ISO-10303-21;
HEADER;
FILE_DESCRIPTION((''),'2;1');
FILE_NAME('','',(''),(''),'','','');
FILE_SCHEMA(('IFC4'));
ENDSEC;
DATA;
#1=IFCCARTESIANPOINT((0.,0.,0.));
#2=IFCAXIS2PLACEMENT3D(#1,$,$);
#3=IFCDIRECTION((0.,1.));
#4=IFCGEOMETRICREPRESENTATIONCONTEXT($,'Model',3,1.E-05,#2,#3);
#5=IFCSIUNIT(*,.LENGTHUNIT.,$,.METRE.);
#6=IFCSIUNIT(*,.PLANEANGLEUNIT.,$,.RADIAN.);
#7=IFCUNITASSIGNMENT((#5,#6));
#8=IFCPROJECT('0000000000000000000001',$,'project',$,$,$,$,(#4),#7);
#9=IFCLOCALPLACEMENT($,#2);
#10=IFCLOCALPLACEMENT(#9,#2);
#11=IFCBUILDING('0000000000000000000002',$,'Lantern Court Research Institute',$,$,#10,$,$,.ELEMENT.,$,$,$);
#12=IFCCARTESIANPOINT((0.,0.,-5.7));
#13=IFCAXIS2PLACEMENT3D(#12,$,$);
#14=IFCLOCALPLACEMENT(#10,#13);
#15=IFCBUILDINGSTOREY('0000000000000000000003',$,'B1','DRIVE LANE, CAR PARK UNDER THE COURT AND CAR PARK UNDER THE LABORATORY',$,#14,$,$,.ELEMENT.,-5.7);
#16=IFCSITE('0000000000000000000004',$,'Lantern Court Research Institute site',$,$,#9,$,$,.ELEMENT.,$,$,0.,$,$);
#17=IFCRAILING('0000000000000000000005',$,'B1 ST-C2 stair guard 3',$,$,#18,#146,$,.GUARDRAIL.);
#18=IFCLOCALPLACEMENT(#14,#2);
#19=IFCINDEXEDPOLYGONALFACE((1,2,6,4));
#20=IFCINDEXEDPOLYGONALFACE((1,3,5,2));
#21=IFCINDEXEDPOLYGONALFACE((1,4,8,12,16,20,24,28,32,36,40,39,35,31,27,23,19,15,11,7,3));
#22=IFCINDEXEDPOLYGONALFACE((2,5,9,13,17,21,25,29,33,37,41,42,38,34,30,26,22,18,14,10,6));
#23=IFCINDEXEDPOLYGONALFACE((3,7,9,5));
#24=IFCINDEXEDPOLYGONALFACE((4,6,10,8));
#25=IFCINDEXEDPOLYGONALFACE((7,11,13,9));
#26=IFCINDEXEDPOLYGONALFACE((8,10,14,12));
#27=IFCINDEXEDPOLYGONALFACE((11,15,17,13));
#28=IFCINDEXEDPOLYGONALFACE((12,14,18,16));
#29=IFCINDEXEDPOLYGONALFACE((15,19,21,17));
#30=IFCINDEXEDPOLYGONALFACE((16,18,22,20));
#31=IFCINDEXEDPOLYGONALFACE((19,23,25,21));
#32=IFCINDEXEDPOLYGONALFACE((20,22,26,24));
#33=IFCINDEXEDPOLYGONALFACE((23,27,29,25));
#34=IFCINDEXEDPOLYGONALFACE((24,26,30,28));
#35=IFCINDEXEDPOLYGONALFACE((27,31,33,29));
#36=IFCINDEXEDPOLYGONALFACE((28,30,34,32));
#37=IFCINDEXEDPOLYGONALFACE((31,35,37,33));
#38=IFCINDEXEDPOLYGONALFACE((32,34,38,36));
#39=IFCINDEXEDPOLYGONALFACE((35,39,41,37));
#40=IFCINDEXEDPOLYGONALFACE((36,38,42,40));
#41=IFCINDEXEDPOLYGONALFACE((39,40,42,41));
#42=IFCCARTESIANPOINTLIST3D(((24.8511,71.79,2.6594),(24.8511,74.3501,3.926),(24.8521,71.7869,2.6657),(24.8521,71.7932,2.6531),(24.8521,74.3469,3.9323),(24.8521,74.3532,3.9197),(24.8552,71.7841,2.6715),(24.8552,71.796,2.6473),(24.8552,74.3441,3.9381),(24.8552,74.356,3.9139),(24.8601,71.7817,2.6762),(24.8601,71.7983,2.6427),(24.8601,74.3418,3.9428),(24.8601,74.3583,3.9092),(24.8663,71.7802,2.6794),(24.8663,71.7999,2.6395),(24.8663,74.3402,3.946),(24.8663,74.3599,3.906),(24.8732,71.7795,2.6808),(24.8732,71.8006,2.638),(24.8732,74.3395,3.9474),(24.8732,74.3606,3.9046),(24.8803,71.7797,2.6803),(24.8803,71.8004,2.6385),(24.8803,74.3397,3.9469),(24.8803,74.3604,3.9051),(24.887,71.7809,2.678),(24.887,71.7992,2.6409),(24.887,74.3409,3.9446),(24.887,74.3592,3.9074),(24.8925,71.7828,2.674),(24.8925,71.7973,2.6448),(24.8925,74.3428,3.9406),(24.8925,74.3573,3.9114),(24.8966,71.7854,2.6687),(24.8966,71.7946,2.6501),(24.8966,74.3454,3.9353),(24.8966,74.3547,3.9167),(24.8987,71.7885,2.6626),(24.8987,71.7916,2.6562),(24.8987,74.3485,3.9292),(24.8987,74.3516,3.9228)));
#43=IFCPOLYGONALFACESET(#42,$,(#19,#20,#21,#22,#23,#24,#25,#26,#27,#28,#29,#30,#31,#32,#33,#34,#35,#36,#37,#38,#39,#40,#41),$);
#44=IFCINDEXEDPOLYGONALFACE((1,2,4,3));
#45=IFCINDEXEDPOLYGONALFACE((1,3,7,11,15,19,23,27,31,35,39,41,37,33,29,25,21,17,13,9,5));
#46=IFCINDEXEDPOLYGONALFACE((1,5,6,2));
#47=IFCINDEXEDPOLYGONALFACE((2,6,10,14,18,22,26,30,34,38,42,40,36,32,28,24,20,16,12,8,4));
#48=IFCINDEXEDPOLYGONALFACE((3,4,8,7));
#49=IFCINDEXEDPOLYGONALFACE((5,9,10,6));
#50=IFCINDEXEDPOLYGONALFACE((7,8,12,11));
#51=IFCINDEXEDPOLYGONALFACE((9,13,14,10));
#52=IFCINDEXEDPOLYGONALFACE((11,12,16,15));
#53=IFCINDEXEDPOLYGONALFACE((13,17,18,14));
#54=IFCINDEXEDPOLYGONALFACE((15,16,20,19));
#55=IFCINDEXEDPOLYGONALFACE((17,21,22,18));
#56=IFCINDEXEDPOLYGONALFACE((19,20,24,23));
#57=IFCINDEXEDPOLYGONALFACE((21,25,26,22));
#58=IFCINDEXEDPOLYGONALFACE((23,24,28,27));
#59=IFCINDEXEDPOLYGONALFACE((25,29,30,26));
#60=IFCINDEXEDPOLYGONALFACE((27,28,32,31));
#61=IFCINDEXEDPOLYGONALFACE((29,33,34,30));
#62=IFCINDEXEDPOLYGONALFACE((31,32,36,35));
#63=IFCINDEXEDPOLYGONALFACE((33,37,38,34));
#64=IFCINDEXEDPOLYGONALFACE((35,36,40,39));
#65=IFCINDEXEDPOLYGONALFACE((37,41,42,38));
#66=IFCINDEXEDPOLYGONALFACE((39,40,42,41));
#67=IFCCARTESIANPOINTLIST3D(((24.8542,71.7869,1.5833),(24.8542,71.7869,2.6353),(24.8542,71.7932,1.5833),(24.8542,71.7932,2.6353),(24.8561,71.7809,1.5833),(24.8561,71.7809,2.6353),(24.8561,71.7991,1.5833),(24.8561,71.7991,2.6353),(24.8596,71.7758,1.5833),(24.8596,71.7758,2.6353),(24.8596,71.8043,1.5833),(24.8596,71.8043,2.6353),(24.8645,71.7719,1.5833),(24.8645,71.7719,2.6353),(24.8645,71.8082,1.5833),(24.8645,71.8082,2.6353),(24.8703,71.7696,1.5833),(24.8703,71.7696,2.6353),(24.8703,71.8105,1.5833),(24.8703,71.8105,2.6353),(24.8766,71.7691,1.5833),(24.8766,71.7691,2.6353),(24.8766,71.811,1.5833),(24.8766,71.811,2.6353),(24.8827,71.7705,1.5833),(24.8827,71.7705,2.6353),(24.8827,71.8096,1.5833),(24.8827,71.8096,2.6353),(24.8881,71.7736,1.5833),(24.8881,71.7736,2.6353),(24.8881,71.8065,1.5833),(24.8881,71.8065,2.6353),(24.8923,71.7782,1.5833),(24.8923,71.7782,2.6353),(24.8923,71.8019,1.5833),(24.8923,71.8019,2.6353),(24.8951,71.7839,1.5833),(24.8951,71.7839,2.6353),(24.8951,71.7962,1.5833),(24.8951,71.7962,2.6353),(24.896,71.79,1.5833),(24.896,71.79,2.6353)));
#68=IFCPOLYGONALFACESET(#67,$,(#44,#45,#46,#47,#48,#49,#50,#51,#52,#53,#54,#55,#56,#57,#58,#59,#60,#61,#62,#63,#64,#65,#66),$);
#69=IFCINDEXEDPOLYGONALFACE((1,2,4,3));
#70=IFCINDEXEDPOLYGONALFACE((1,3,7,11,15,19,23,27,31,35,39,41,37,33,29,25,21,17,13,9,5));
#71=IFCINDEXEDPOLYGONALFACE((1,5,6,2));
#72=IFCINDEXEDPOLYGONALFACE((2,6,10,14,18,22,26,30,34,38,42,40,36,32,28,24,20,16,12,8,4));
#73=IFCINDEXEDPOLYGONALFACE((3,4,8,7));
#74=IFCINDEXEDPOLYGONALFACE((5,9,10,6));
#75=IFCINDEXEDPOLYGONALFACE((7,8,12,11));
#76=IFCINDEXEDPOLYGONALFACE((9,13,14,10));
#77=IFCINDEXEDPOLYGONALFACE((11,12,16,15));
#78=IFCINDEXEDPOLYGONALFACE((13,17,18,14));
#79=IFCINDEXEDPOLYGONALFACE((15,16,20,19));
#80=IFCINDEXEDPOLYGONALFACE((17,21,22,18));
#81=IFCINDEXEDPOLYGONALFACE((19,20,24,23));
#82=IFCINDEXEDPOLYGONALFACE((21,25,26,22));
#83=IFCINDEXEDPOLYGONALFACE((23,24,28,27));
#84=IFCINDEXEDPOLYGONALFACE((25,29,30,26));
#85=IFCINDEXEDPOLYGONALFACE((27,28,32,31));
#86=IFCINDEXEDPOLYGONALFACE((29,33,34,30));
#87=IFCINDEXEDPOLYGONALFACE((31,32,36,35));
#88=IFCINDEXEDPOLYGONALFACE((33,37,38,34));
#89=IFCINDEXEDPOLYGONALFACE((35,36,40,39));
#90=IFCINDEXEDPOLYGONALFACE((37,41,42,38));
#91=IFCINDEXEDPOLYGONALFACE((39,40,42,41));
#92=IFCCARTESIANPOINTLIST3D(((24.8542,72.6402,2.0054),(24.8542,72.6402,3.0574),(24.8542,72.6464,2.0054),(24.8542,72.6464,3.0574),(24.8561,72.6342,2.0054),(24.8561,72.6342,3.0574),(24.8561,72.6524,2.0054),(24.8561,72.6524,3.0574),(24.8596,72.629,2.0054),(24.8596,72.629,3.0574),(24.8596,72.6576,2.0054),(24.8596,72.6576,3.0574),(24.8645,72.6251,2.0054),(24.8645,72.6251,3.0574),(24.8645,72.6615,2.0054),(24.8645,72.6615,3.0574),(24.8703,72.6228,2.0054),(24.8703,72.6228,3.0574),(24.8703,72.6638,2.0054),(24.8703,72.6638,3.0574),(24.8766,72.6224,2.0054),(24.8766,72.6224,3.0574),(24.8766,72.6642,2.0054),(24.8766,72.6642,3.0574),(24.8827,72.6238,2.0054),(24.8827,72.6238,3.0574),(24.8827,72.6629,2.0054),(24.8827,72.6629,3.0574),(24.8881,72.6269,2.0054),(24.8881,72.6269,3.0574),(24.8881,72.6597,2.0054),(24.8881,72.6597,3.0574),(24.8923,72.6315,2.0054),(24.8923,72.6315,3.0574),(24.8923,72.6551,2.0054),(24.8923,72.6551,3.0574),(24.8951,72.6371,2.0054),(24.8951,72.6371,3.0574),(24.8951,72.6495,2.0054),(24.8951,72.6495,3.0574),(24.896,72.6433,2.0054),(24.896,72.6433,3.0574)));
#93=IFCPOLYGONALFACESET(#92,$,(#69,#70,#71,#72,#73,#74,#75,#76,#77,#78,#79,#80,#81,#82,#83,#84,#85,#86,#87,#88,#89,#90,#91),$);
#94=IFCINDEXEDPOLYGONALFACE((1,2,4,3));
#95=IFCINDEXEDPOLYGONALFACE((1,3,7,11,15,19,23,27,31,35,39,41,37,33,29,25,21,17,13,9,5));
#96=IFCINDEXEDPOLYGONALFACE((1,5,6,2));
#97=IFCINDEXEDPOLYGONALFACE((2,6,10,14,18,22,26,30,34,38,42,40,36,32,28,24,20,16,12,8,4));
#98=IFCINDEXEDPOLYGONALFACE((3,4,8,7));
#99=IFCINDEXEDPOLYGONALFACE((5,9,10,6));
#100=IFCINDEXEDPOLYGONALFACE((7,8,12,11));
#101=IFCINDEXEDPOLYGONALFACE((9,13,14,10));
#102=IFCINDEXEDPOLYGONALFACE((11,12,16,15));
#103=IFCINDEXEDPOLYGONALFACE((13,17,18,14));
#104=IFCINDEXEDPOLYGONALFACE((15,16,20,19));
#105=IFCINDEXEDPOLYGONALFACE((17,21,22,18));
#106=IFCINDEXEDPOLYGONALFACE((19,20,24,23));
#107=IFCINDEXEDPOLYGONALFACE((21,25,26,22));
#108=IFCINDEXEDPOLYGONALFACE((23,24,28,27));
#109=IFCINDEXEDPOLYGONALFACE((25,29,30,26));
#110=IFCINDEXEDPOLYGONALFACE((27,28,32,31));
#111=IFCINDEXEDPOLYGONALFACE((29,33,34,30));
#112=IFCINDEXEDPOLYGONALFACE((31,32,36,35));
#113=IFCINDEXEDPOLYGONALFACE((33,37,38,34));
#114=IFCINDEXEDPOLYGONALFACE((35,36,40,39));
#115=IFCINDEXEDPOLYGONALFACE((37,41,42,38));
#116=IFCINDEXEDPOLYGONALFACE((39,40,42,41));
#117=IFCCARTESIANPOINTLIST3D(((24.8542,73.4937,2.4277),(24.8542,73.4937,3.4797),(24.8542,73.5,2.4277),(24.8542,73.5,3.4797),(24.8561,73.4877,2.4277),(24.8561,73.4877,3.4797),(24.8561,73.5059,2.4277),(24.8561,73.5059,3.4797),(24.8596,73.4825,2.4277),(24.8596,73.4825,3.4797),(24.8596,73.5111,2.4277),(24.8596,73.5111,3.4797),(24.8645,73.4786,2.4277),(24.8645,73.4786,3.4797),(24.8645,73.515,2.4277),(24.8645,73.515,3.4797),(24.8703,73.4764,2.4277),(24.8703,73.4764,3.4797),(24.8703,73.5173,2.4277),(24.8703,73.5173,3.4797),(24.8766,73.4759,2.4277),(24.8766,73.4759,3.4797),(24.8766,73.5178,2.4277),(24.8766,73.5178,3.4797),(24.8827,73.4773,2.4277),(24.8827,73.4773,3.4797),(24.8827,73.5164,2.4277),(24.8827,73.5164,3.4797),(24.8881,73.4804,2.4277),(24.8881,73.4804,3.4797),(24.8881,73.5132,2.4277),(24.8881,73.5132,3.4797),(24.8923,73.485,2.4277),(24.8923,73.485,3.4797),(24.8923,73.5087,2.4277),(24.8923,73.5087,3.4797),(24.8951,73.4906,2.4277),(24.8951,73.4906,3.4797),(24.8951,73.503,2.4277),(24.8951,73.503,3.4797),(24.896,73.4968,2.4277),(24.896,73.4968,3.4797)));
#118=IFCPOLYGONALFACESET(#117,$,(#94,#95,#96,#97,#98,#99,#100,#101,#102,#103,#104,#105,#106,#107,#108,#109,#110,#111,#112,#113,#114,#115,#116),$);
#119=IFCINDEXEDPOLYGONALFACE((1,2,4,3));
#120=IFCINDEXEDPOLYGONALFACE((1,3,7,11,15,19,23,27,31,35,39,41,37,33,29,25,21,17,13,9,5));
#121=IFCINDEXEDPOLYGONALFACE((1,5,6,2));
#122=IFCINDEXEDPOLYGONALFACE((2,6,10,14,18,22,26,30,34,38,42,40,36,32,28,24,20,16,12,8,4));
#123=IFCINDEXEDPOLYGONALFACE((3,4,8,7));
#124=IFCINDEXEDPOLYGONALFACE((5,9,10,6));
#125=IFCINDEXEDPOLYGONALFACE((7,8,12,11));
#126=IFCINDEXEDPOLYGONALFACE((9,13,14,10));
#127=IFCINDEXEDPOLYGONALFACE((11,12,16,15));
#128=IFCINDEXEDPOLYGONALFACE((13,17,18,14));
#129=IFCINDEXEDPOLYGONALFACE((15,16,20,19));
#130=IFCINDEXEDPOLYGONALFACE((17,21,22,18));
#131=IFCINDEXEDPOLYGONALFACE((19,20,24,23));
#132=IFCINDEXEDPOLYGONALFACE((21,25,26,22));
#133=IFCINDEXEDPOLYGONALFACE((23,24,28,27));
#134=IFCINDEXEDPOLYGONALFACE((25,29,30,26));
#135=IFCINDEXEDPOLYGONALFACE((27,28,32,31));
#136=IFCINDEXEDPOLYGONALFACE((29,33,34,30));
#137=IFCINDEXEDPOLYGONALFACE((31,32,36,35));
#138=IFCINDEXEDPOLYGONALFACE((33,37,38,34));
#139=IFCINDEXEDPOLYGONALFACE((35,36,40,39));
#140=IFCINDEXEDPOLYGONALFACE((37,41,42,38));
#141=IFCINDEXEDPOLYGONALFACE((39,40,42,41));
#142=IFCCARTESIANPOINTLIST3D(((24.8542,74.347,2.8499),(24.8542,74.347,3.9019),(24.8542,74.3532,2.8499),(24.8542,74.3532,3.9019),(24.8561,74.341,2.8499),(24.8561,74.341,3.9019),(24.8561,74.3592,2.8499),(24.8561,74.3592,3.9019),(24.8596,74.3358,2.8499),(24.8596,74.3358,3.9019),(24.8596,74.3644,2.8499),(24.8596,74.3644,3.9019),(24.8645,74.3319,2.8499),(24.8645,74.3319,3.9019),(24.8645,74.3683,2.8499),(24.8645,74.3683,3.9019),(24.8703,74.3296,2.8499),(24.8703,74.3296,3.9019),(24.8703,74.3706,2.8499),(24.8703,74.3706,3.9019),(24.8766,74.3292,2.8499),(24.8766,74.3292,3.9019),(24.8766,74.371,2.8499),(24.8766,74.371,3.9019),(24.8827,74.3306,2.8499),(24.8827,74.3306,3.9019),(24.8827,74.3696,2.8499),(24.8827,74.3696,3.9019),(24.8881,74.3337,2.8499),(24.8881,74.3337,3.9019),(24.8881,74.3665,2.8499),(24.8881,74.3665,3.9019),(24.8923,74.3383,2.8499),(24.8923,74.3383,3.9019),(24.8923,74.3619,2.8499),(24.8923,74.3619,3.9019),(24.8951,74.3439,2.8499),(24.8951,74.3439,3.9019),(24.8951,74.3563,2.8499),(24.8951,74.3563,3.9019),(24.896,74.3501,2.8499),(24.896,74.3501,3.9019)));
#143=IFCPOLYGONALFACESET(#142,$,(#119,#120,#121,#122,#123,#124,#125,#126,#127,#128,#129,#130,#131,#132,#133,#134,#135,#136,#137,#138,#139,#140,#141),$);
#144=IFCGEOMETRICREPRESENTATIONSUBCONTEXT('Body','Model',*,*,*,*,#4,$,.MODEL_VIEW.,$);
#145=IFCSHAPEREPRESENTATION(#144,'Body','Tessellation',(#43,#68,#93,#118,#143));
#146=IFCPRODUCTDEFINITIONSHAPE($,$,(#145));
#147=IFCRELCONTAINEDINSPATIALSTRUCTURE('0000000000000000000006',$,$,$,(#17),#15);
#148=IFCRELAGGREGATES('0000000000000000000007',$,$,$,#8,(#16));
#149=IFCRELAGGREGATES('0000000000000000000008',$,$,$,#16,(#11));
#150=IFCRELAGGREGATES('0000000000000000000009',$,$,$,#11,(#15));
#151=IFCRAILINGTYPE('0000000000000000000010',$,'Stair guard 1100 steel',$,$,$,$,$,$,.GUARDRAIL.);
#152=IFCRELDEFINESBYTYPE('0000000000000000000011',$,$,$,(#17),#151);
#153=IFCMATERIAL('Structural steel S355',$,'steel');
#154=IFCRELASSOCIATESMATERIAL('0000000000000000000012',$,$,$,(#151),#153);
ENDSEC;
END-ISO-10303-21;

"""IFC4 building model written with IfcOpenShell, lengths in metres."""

from ifc_helpers import new_model, si_unit, direction, frame, origin, origin_2d, place, context, subcontext, project, spatial, circle, extrude, material, type_object, element, save


model = new_model("IFC4")

# Units and contexts
model_context = context("Model", 3, precision=1e-05, world=origin(), true_north=direction((0.0, 1.0)))
body_context = subcontext(model_context, "Body", "Model", "MODEL_VIEW")
ifc_project = project(units=[si_unit("LENGTHUNIT", "METRE"), si_unit("PLANEANGLEUNIT", "RADIAN")], contexts=[model_context])

# Site, building, storey
site_placement = place(None, origin())
site = spatial("IfcSite", under=ifc_project, at=site_placement, Name="Lantern Court Research Institute site", CompositionType="ELEMENT", RefElevation=0.0)
building_placement = place(site_placement, origin())
building = spatial("IfcBuilding", under=site, at=building_placement, Name="Lantern Court Research Institute", CompositionType="ELEMENT")
storey_placement = place(building_placement, frame((0.0, 0.0, -5.7)))
storey = spatial("IfcBuildingStorey", under=building, at=storey_placement, Name="B1", Description="DRIVE LANE, CAR PARK UNDER THE COURT AND CAR PARK UNDER THE LABORATORY", CompositionType="ELEMENT", Elevation=-5.7)

# Railing
ifc_material_1 = material(Name="Structural steel S355", Category="steel")
railing_type = type_object("IfcRailingType", Name="Stair guard 1100 steel", PredefinedType="GUARDRAIL", material=ifc_material_1)
railing_1_placement = place(storey_placement, frame((24.875, 71.79, 1.5833)))
element("IfcRailing", 1, at=railing_1_placement, inside=storey, type_object=railing_type, Name="B1 ST-C2 stair guard 3", PredefinedType="GUARDRAIL", context=body_context, shape_type="SweptSolid", body=[
    extrude(circle(Radius=0.0239, at=origin_2d()), frame((0.0, 0.0, 1.0762), z_axis=(0.0, 0.8963, 0.443449), x_axis=(-1.0, 0.0, 0.0)), (0.0, 0.0, 1.0), 2.8562),
    extrude(circle(Radius=0.021, at=origin_2d()), origin(), (0.0, 0.0, 1.0), 1.052),
    extrude(circle(Radius=0.021, at=origin_2d()), frame((0.0, 0.8533, 0.4221)), (0.0, 0.0, 1.0), 1.052),
    extrude(circle(Radius=0.021, at=origin_2d()), frame((0.0, 1.7068, 0.8445)), (0.0, 0.0, 1.0), 1.052),
    extrude(circle(Radius=0.021, at=origin_2d()), frame((0.0, 2.5601, 1.2666)), (0.0, 0.0, 1.0), 1.052),
])

save(model, "model.ifc")
